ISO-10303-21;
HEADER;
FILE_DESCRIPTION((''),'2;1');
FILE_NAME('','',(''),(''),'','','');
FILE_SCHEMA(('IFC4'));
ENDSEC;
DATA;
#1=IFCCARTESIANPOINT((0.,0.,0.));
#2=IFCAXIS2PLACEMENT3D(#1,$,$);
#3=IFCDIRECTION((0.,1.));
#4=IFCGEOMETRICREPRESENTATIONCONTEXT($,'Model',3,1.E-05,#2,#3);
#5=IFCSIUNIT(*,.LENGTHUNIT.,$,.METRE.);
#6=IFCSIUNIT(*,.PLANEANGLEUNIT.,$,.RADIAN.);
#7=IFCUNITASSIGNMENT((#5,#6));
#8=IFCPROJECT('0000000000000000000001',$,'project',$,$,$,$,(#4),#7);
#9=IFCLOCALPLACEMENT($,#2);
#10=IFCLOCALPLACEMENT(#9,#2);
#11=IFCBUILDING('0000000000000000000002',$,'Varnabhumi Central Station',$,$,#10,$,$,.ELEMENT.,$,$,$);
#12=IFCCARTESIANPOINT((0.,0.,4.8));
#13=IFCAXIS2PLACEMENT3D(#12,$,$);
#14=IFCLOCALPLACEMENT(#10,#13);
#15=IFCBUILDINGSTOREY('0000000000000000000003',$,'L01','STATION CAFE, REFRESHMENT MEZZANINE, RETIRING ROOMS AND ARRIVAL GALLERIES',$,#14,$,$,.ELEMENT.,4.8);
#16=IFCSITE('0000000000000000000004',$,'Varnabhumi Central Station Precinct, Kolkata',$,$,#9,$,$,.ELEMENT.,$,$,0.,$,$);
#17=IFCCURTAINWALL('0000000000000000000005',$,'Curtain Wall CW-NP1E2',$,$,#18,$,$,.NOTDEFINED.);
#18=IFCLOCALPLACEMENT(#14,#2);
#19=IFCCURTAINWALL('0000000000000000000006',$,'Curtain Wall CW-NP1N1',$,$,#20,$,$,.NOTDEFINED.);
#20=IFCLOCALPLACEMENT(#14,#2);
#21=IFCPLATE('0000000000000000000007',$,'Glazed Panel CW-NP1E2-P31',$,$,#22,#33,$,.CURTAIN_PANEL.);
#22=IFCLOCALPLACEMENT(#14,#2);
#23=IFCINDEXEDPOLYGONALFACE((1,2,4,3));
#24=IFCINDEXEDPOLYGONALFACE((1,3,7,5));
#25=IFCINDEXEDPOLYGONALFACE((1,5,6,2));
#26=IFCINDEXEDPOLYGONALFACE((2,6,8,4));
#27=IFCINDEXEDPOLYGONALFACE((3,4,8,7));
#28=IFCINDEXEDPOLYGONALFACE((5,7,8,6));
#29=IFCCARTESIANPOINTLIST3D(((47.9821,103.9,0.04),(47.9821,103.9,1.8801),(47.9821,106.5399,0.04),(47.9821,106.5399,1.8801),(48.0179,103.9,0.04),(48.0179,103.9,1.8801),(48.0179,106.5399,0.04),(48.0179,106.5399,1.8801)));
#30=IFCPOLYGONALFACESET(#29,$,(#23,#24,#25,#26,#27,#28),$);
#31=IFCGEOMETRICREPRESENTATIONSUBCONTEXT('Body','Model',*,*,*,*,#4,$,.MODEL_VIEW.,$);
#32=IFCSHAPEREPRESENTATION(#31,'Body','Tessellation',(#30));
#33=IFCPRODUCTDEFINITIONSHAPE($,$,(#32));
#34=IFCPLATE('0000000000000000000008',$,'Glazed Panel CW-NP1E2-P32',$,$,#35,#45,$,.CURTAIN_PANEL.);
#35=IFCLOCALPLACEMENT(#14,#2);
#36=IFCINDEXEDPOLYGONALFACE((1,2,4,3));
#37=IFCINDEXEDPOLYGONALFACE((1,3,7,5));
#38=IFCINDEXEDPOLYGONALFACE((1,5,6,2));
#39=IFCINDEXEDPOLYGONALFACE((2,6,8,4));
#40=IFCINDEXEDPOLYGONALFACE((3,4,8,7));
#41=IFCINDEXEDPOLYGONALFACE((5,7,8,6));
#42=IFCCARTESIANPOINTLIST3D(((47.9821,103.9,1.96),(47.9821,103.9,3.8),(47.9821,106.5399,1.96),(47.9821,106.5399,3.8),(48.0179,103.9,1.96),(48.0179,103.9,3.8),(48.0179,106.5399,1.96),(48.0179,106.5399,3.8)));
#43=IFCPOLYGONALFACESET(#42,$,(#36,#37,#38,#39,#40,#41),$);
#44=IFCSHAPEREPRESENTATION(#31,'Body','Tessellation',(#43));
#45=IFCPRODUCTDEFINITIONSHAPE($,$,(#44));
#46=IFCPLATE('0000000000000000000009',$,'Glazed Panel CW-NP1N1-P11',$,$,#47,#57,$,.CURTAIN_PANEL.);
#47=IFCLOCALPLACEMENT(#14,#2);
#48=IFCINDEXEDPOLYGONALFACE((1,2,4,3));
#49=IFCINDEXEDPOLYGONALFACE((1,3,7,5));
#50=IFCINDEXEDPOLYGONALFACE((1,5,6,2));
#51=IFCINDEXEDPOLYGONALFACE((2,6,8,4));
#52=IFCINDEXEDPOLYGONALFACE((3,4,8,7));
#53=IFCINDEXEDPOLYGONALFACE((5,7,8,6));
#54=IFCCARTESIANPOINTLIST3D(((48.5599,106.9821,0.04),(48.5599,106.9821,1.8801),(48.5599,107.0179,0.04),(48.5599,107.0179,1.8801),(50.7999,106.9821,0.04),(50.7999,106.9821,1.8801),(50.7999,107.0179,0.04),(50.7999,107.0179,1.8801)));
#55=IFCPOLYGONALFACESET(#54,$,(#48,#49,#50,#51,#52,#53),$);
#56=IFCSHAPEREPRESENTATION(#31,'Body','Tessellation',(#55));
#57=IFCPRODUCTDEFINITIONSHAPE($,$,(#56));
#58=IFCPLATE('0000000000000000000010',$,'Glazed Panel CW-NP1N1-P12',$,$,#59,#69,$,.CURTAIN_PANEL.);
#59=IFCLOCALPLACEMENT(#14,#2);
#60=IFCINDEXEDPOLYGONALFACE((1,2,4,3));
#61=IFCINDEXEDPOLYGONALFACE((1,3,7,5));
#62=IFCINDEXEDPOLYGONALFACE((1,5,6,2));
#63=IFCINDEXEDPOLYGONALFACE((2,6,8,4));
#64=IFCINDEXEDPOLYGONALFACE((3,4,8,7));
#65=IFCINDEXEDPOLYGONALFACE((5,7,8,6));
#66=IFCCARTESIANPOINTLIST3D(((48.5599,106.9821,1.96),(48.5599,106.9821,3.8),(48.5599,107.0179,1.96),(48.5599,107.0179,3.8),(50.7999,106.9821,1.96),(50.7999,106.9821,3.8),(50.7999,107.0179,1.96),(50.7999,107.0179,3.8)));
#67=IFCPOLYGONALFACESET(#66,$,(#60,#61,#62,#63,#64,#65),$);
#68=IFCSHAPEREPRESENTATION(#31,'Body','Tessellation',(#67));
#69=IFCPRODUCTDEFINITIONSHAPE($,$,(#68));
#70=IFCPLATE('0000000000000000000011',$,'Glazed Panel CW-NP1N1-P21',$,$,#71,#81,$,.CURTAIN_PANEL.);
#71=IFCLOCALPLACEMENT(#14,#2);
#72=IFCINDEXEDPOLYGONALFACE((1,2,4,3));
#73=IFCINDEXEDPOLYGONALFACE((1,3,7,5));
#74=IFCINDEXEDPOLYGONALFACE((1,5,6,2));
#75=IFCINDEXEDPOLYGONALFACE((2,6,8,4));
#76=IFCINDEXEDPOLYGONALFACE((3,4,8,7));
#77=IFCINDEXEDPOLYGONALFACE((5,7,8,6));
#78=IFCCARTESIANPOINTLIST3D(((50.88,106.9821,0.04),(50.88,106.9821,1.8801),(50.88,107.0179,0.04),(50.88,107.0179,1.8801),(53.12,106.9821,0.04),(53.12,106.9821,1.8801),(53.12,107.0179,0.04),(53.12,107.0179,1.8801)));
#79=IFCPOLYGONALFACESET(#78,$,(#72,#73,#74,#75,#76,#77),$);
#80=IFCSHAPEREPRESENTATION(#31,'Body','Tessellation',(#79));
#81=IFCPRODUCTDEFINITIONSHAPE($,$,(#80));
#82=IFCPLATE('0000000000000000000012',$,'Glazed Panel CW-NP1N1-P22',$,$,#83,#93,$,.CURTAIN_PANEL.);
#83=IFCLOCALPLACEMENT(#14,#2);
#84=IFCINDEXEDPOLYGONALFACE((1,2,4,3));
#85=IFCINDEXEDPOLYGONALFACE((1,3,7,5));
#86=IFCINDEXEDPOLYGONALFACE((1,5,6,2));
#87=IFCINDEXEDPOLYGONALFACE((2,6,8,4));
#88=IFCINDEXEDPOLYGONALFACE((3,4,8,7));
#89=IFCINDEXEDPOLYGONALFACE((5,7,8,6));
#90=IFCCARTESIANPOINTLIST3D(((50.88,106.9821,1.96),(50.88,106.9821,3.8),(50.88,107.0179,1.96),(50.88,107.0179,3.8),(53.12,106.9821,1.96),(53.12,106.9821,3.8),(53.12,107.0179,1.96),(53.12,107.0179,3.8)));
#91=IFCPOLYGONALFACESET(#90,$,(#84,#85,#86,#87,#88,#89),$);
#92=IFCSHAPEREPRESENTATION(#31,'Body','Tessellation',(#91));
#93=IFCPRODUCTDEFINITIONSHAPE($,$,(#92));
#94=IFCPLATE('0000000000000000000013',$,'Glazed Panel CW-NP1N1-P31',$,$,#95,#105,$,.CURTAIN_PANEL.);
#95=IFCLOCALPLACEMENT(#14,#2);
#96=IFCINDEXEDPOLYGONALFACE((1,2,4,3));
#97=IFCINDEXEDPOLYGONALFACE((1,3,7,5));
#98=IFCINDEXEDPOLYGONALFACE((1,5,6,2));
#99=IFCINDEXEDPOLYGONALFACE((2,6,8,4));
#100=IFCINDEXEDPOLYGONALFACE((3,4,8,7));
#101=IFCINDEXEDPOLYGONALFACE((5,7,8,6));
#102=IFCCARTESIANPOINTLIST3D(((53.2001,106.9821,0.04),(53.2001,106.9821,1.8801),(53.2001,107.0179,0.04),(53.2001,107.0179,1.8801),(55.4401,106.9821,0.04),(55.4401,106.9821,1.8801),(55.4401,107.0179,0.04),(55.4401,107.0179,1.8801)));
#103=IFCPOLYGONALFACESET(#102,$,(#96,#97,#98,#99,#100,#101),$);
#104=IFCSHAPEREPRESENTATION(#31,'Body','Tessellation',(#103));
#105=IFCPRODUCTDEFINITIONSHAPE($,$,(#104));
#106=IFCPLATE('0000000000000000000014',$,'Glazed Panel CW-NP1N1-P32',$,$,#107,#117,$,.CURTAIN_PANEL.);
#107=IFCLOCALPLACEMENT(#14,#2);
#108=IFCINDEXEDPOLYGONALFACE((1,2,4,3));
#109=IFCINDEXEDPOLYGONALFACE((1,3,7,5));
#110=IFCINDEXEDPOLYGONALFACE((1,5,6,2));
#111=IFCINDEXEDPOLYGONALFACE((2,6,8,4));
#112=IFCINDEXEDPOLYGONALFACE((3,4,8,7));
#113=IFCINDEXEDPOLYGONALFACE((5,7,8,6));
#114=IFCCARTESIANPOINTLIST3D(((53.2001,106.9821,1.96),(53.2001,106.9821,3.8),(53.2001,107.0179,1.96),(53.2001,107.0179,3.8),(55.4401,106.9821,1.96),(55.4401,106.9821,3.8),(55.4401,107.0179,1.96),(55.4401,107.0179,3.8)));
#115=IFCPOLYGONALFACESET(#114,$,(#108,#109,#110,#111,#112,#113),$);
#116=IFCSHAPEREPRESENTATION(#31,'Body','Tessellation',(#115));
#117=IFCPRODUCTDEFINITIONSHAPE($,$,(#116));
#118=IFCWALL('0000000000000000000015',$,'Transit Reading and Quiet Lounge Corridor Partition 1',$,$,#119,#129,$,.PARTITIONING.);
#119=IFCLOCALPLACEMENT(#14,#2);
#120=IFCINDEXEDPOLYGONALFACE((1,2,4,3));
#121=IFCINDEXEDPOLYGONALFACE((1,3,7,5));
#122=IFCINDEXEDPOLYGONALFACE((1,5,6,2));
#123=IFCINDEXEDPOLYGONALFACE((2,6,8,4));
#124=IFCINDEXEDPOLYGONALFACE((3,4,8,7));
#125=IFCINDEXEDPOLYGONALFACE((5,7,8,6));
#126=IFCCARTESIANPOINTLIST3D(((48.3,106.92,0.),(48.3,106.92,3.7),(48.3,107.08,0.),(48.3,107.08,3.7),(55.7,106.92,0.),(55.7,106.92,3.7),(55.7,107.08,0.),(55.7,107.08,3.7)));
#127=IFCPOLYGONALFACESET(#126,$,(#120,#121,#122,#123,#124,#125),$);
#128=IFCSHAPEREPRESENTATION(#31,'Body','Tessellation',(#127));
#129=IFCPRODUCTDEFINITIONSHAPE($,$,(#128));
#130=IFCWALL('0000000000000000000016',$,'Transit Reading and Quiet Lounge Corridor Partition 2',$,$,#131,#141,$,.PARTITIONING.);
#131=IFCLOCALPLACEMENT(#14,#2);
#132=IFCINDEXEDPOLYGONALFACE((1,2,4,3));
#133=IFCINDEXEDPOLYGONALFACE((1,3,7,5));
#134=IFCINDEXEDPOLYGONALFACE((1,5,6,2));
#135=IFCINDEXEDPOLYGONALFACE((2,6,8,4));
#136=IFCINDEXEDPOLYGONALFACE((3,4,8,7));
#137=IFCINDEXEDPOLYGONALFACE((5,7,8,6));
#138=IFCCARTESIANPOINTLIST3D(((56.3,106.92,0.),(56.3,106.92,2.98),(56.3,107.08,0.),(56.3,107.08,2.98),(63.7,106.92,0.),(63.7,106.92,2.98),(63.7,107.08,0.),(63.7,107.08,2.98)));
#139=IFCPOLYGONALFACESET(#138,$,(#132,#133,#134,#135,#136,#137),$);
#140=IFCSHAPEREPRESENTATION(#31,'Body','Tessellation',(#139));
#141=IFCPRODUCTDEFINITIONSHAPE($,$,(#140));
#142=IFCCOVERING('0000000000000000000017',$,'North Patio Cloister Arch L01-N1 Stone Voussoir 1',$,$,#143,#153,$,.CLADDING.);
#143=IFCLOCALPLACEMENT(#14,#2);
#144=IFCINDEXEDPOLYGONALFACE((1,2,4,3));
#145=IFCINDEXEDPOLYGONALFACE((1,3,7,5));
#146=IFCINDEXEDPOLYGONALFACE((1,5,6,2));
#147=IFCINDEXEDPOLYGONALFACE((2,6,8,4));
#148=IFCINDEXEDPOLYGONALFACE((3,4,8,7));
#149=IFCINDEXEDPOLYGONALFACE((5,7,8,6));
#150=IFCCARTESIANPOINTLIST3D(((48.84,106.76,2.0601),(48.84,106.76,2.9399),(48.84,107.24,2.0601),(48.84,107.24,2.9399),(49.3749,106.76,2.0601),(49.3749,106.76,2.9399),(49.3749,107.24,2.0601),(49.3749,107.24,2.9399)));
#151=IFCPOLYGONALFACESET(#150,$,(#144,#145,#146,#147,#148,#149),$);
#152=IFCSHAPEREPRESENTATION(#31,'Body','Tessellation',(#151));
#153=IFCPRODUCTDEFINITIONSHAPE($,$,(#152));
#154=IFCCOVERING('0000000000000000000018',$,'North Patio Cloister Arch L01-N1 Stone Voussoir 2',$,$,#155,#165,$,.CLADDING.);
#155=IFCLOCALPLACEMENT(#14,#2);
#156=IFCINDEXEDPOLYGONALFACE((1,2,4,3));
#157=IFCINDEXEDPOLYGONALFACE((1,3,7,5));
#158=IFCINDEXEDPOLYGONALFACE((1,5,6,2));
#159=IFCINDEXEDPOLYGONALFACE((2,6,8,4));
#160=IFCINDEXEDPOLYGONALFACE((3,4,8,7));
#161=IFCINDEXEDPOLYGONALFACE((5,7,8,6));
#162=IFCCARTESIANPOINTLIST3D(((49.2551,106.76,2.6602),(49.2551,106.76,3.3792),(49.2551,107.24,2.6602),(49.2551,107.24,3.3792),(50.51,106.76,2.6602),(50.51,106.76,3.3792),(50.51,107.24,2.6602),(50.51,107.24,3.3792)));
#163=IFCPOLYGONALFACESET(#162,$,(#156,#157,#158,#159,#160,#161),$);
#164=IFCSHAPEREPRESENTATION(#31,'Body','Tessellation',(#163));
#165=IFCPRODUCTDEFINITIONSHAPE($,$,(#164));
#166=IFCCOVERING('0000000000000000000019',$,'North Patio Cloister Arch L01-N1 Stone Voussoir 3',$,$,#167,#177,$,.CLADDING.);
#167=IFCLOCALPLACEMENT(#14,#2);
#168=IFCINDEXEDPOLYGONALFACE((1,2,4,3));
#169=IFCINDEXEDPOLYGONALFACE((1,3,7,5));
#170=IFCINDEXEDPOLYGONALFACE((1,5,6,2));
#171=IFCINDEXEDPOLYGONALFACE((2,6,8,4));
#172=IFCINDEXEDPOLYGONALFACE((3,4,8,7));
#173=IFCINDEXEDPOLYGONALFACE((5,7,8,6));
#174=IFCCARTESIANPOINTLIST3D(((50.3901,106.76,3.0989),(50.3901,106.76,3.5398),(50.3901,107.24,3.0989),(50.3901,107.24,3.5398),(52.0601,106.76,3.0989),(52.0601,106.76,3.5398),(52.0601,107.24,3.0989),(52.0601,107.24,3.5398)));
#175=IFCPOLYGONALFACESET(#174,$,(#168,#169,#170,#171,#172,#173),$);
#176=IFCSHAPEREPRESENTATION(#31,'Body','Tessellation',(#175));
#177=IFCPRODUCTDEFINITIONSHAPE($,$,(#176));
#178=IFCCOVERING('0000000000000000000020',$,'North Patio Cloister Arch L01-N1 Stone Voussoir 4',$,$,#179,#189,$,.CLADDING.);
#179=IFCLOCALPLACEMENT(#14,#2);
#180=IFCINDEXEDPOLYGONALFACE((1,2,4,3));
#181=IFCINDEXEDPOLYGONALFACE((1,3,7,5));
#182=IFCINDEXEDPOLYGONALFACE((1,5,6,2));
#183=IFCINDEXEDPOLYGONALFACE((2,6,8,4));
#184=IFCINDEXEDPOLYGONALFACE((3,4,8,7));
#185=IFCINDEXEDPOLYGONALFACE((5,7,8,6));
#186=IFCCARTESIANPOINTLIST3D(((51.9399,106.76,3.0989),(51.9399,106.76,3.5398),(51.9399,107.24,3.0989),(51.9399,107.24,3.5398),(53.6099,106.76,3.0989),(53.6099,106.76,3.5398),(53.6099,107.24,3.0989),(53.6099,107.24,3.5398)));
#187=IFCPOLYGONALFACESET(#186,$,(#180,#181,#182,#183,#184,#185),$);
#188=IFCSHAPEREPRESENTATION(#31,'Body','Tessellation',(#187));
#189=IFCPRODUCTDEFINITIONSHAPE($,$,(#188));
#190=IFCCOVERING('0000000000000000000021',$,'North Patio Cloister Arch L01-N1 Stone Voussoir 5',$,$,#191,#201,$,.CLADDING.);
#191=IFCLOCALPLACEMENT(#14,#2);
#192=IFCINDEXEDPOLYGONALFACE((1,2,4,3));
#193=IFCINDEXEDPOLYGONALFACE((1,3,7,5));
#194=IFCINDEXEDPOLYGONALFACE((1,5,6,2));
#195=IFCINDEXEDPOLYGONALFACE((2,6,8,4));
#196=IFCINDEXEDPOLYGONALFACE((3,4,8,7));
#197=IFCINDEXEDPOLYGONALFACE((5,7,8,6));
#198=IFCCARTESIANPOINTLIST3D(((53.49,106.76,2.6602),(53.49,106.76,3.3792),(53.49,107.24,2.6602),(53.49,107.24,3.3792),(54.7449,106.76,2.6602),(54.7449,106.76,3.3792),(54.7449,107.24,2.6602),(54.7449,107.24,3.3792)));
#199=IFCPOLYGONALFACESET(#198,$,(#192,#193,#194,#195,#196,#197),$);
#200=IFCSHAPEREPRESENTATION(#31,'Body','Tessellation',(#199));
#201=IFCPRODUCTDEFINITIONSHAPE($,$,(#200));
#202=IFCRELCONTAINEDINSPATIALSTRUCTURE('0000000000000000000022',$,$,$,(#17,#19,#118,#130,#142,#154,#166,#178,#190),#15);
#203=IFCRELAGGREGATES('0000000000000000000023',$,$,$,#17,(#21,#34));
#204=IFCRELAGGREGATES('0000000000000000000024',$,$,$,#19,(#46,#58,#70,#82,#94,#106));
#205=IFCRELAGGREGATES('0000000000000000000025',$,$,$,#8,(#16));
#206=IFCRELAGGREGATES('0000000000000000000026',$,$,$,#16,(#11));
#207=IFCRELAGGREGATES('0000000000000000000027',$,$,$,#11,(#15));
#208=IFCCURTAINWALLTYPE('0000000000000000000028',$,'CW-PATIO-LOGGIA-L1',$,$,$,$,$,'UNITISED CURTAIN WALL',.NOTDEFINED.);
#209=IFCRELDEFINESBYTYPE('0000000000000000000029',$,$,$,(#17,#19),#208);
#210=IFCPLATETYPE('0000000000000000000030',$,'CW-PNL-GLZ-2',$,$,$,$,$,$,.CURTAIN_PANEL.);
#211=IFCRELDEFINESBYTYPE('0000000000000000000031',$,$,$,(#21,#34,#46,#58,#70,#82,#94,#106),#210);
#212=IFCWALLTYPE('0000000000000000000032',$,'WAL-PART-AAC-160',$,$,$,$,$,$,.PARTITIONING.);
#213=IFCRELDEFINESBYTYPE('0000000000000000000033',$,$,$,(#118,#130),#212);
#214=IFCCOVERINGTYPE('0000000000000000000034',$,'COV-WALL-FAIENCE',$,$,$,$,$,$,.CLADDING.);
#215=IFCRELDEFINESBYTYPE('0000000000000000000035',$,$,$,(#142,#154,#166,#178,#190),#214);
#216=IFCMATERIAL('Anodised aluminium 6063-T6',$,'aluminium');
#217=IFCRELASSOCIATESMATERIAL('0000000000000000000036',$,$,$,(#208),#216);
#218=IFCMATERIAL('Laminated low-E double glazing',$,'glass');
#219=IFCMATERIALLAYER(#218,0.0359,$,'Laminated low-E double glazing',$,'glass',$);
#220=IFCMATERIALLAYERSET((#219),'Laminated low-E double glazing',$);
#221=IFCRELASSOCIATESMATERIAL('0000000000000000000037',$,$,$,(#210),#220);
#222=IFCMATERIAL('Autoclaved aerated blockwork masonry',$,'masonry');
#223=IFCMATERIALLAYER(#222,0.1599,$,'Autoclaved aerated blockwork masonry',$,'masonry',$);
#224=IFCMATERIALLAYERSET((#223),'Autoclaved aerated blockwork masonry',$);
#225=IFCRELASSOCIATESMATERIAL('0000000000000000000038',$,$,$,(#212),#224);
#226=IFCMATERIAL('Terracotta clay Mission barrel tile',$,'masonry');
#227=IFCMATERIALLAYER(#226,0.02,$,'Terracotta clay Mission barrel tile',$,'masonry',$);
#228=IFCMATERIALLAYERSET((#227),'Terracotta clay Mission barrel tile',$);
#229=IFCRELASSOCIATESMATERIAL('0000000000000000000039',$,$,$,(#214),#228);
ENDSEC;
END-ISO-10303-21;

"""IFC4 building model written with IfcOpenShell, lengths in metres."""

from ifc_helpers import new_model, si_unit, direction, frame, frame_2d, origin, origin_2d, place, context, subcontext, project, spatial, rectangle, extrude, material, layer, layer_set, type_object, element, aggregate, save


model = new_model("IFC4")

# Units and contexts
model_context = context("Model", 3, precision=1e-05, world=origin(), true_north=direction((0.0, 1.0)))
body_context = subcontext(model_context, "Body", "Model", "MODEL_VIEW")
ifc_project = project(units=[si_unit("LENGTHUNIT", "METRE"), si_unit("PLANEANGLEUNIT", "RADIAN")], contexts=[model_context])

# Site, building, storey
site_placement = place(None, origin())
site = spatial("IfcSite", under=ifc_project, at=site_placement, Name="Varnabhumi Central Station Precinct, Kolkata", CompositionType="ELEMENT", RefElevation=0.0)
building_placement = place(site_placement, origin())
building = spatial("IfcBuilding", under=site, at=building_placement, Name="Varnabhumi Central Station", CompositionType="ELEMENT")
storey_placement = place(building_placement, frame((0.0, 0.0, 4.8)))
storey = spatial("IfcBuildingStorey", under=building, at=storey_placement, Name="L01", Description="STATION CAFE, REFRESHMENT MEZZANINE, RETIRING ROOMS AND ARRIVAL GALLERIES", CompositionType="ELEMENT", Elevation=4.8)

# Curtain walls
ifc_material_1 = material(Name="Anodised aluminium 6063-T6", Category="aluminium")
curtain_wall_type = type_object("IfcCurtainWallType", Name="CW-PATIO-LOGGIA-L1", ElementType="UNITISED CURTAIN WALL", PredefinedType="NOTDEFINED", material=ifc_material_1)
curtain_wall_1_placement = place(storey_placement, origin())
curtain_wall_1 = element("IfcCurtainWall", 1, at=curtain_wall_1_placement, inside=storey, type_object=curtain_wall_type, Name="Curtain Wall CW-NP1E2", PredefinedType="NOTDEFINED")
curtain_wall_2_placement = place(storey_placement, origin())
curtain_wall_2 = element("IfcCurtainWall", 2, at=curtain_wall_2_placement, inside=storey, type_object=curtain_wall_type, Name="Curtain Wall CW-NP1N1", PredefinedType="NOTDEFINED")

# Plates
ifc_material_2 = material(Name="Laminated low-E double glazing", Category="glass")
ifc_layer_1 = layer(ifc_material_2, 0.0359, Name="Laminated low-E double glazing", Category="glass")
ifc_layer_set_1 = layer_set([ifc_layer_1], Name="Laminated low-E double glazing")
plate_type = type_object("IfcPlateType", Name="CW-PNL-GLZ-2", PredefinedType="CURTAIN_PANEL", material=ifc_layer_set_1)
plate_1_placement = place(storey_placement, frame((48.0, 105.22, 0.04), z_axis=(0.0, 0.0, 1.0), x_axis=(0.0, 1.0, 0.0)))
plate_1 = element("IfcPlate", 3, at=plate_1_placement, type_object=plate_type, Name="Glazed Panel CW-NP1E2-P31", PredefinedType="CURTAIN_PANEL", context=body_context, shape_type="SweptSolid", body=[
    extrude(rectangle(XDim=2.6399, YDim=0.0359, at=origin_2d()), origin(), (0.0, 0.0, 1.0), 1.8401),
])
plate_2_placement = place(storey_placement, frame((48.0, 105.22, 1.96), z_axis=(0.0, 0.0, 1.0), x_axis=(0.0, 1.0, 0.0)))
plate_2 = element("IfcPlate", 4, at=plate_2_placement, type_object=plate_type, Name="Glazed Panel CW-NP1E2-P32", PredefinedType="CURTAIN_PANEL", context=body_context, shape_type="SweptSolid", body=[
    extrude(rectangle(XDim=2.6399, YDim=0.0359, at=origin_2d()), origin(), (0.0, 0.0, 1.0), 1.8401),
])
aggregate(curtain_wall_1, [plate_1, plate_2])
plate_3_placement = place(storey_placement, frame((49.6799, 107.0, 0.04), z_axis=(0.0, 0.0, 1.0), x_axis=(1.0, 0.0, 0.0)))
plate_3 = element("IfcPlate", 5, at=plate_3_placement, type_object=plate_type, Name="Glazed Panel CW-NP1N1-P11", PredefinedType="CURTAIN_PANEL", context=body_context, shape_type="SweptSolid", body=[
    extrude(rectangle(XDim=2.24, YDim=0.0359, at=origin_2d()), origin(), (0.0, 0.0, 1.0), 1.8401),
])
plate_4_placement = place(storey_placement, frame((49.6799, 107.0, 1.96), z_axis=(0.0, 0.0, 1.0), x_axis=(1.0, 0.0, 0.0)))
plate_4 = element("IfcPlate", 6, at=plate_4_placement, type_object=plate_type, Name="Glazed Panel CW-NP1N1-P12", PredefinedType="CURTAIN_PANEL", context=body_context, shape_type="SweptSolid", body=[
    extrude(rectangle(XDim=2.24, YDim=0.0359, at=origin_2d()), origin(), (0.0, 0.0, 1.0), 1.8401),
])
plate_5_placement = place(storey_placement, frame((52.0, 107.0, 0.04), z_axis=(0.0, 0.0, 1.0), x_axis=(1.0, 0.0, 0.0)))
plate_5 = element("IfcPlate", 7, at=plate_5_placement, type_object=plate_type, Name="Glazed Panel CW-NP1N1-P21", PredefinedType="CURTAIN_PANEL", context=body_context, shape_type="SweptSolid", body=[
    extrude(rectangle(XDim=2.24, YDim=0.0359, at=origin_2d()), origin(), (0.0, 0.0, 1.0), 1.8401),
])
plate_6_placement = place(storey_placement, frame((52.0, 107.0, 1.96), z_axis=(0.0, 0.0, 1.0), x_axis=(1.0, 0.0, 0.0)))
plate_6 = element("IfcPlate", 8, at=plate_6_placement, type_object=plate_type, Name="Glazed Panel CW-NP1N1-P22", PredefinedType="CURTAIN_PANEL", context=body_context, shape_type="SweptSolid", body=[
    extrude(rectangle(XDim=2.24, YDim=0.0359, at=origin_2d()), origin(), (0.0, 0.0, 1.0), 1.8401),
])
plate_7_placement = place(storey_placement, frame((54.3201, 107.0, 0.04), z_axis=(0.0, 0.0, 1.0), x_axis=(1.0, 0.0, 0.0)))
plate_7 = element("IfcPlate", 9, at=plate_7_placement, type_object=plate_type, Name="Glazed Panel CW-NP1N1-P31", PredefinedType="CURTAIN_PANEL", context=body_context, shape_type="SweptSolid", body=[
    extrude(rectangle(XDim=2.24, YDim=0.0359, at=origin_2d()), origin(), (0.0, 0.0, 1.0), 1.8401),
])
plate_8_placement = place(storey_placement, frame((54.3201, 107.0, 1.96), z_axis=(0.0, 0.0, 1.0), x_axis=(1.0, 0.0, 0.0)))
plate_8 = element("IfcPlate", 10, at=plate_8_placement, type_object=plate_type, Name="Glazed Panel CW-NP1N1-P32", PredefinedType="CURTAIN_PANEL", context=body_context, shape_type="SweptSolid", body=[
    extrude(rectangle(XDim=2.24, YDim=0.0359, at=origin_2d()), origin(), (0.0, 0.0, 1.0), 1.8401),
])
aggregate(curtain_wall_2, [plate_3, plate_4, plate_5, plate_6, plate_7, plate_8])

# Walls
ifc_material_3 = material(Name="Autoclaved aerated blockwork masonry", Category="masonry")
ifc_layer_2 = layer(ifc_material_3, 0.1599, Name="Autoclaved aerated blockwork masonry", Category="masonry")
ifc_layer_set_2 = layer_set([ifc_layer_2], Name="Autoclaved aerated blockwork masonry")
wall_type = type_object("IfcWallType", Name="WAL-PART-AAC-160", PredefinedType="PARTITIONING", material=ifc_layer_set_2)
wall_1_placement = place(storey_placement, frame((48.3, 107.0, 0.0), z_axis=(0.0, 0.0, 1.0), x_axis=(1.0, 0.0, 0.0)))
element("IfcWall", 11, at=wall_1_placement, inside=storey, type_object=wall_type, Name="Transit Reading and Quiet Lounge Corridor Partition 1", PredefinedType="PARTITIONING", context=body_context, shape_type="SweptSolid", body=[
    extrude(rectangle(XDim=7.3999, YDim=0.1599, at=frame_2d((3.7, 0.0))), origin(), (0.0, 0.0, 1.0), 3.7),
])
wall_2_placement = place(storey_placement, frame((56.3, 107.0, 0.0), z_axis=(0.0, 0.0, 1.0), x_axis=(1.0, 0.0, 0.0)))
element("IfcWall", 12, at=wall_2_placement, inside=storey, type_object=wall_type, Name="Transit Reading and Quiet Lounge Corridor Partition 2", PredefinedType="PARTITIONING", context=body_context, shape_type="SweptSolid", body=[
    extrude(rectangle(XDim=7.3999, YDim=0.1599, at=frame_2d((3.7, 0.0))), origin(), (0.0, 0.0, 1.0), 2.98),
])

# Coverings
ifc_material_4 = material(Name="Terracotta clay Mission barrel tile", Category="masonry")
ifc_layer_3 = layer(ifc_material_4, 0.02, Name="Terracotta clay Mission barrel tile", Category="masonry")
ifc_layer_set_3 = layer_set([ifc_layer_3], Name="Terracotta clay Mission barrel tile")
covering_type = type_object("IfcCoveringType", Name="COV-WALL-FAIENCE", PredefinedType="CLADDING", material=ifc_layer_set_3)
covering_1_placement = place(storey_placement, frame((49.1074, 107.0, 2.0601), z_axis=(0.0, 0.0, 1.0), x_axis=(1.0, 0.0, 0.0)))
element("IfcCovering", 13, at=covering_1_placement, inside=storey, type_object=covering_type, Name="North Patio Cloister Arch L01-N1 Stone Voussoir 1", PredefinedType="CLADDING", context=body_context, shape_type="SweptSolid", body=[
    extrude(rectangle(XDim=0.5349, YDim=0.48, at=origin_2d()), origin(), (0.0, 0.0, 1.0), 0.8799),
])
covering_2_placement = place(storey_placement, frame((49.8826, 107.0, 2.6602), z_axis=(0.0, 0.0, 1.0), x_axis=(1.0, 0.0, 0.0)))
element("IfcCovering", 14, at=covering_2_placement, inside=storey, type_object=covering_type, Name="North Patio Cloister Arch L01-N1 Stone Voussoir 2", PredefinedType="CLADDING", context=body_context, shape_type="SweptSolid", body=[
    extrude(rectangle(XDim=1.2549, YDim=0.48, at=origin_2d()), origin(), (0.0, 0.0, 1.0), 0.719),
])
for number, where, z_axis, x_axis, name in (
    (15, (51.2251, 107.0, 3.0989), (0.0, 0.0, 1.0), (1.0, 0.0, 0.0), "North Patio Cloister Arch L01-N1 Stone Voussoir 3"),
    (16, (52.7749, 107.0, 3.0989), (0.0, 0.0, 1.0), (1.0, 0.0, 0.0), "North Patio Cloister Arch L01-N1 Stone Voussoir 4"),
):
    element("IfcCovering", number, at=place(storey_placement, frame(where, z_axis=z_axis, x_axis=x_axis)), inside=storey, type_object=covering_type, Name=name, PredefinedType="CLADDING", context=body_context, shape_type="SweptSolid", body=[
        extrude(rectangle(XDim=1.6699, YDim=0.48, at=origin_2d()), origin(), (0.0, 0.0, 1.0), 0.4409),
    ])
covering_3_placement = place(storey_placement, frame((54.1174, 107.0, 2.6602), z_axis=(0.0, 0.0, 1.0), x_axis=(1.0, 0.0, 0.0)))
element("IfcCovering", 17, at=covering_3_placement, inside=storey, type_object=covering_type, Name="North Patio Cloister Arch L01-N1 Stone Voussoir 5", PredefinedType="CLADDING", context=body_context, shape_type="SweptSolid", body=[
    extrude(rectangle(XDim=1.2549, YDim=0.48, at=origin_2d()), origin(), (0.0, 0.0, 1.0), 0.719),
])

save(model, "model.ifc")
